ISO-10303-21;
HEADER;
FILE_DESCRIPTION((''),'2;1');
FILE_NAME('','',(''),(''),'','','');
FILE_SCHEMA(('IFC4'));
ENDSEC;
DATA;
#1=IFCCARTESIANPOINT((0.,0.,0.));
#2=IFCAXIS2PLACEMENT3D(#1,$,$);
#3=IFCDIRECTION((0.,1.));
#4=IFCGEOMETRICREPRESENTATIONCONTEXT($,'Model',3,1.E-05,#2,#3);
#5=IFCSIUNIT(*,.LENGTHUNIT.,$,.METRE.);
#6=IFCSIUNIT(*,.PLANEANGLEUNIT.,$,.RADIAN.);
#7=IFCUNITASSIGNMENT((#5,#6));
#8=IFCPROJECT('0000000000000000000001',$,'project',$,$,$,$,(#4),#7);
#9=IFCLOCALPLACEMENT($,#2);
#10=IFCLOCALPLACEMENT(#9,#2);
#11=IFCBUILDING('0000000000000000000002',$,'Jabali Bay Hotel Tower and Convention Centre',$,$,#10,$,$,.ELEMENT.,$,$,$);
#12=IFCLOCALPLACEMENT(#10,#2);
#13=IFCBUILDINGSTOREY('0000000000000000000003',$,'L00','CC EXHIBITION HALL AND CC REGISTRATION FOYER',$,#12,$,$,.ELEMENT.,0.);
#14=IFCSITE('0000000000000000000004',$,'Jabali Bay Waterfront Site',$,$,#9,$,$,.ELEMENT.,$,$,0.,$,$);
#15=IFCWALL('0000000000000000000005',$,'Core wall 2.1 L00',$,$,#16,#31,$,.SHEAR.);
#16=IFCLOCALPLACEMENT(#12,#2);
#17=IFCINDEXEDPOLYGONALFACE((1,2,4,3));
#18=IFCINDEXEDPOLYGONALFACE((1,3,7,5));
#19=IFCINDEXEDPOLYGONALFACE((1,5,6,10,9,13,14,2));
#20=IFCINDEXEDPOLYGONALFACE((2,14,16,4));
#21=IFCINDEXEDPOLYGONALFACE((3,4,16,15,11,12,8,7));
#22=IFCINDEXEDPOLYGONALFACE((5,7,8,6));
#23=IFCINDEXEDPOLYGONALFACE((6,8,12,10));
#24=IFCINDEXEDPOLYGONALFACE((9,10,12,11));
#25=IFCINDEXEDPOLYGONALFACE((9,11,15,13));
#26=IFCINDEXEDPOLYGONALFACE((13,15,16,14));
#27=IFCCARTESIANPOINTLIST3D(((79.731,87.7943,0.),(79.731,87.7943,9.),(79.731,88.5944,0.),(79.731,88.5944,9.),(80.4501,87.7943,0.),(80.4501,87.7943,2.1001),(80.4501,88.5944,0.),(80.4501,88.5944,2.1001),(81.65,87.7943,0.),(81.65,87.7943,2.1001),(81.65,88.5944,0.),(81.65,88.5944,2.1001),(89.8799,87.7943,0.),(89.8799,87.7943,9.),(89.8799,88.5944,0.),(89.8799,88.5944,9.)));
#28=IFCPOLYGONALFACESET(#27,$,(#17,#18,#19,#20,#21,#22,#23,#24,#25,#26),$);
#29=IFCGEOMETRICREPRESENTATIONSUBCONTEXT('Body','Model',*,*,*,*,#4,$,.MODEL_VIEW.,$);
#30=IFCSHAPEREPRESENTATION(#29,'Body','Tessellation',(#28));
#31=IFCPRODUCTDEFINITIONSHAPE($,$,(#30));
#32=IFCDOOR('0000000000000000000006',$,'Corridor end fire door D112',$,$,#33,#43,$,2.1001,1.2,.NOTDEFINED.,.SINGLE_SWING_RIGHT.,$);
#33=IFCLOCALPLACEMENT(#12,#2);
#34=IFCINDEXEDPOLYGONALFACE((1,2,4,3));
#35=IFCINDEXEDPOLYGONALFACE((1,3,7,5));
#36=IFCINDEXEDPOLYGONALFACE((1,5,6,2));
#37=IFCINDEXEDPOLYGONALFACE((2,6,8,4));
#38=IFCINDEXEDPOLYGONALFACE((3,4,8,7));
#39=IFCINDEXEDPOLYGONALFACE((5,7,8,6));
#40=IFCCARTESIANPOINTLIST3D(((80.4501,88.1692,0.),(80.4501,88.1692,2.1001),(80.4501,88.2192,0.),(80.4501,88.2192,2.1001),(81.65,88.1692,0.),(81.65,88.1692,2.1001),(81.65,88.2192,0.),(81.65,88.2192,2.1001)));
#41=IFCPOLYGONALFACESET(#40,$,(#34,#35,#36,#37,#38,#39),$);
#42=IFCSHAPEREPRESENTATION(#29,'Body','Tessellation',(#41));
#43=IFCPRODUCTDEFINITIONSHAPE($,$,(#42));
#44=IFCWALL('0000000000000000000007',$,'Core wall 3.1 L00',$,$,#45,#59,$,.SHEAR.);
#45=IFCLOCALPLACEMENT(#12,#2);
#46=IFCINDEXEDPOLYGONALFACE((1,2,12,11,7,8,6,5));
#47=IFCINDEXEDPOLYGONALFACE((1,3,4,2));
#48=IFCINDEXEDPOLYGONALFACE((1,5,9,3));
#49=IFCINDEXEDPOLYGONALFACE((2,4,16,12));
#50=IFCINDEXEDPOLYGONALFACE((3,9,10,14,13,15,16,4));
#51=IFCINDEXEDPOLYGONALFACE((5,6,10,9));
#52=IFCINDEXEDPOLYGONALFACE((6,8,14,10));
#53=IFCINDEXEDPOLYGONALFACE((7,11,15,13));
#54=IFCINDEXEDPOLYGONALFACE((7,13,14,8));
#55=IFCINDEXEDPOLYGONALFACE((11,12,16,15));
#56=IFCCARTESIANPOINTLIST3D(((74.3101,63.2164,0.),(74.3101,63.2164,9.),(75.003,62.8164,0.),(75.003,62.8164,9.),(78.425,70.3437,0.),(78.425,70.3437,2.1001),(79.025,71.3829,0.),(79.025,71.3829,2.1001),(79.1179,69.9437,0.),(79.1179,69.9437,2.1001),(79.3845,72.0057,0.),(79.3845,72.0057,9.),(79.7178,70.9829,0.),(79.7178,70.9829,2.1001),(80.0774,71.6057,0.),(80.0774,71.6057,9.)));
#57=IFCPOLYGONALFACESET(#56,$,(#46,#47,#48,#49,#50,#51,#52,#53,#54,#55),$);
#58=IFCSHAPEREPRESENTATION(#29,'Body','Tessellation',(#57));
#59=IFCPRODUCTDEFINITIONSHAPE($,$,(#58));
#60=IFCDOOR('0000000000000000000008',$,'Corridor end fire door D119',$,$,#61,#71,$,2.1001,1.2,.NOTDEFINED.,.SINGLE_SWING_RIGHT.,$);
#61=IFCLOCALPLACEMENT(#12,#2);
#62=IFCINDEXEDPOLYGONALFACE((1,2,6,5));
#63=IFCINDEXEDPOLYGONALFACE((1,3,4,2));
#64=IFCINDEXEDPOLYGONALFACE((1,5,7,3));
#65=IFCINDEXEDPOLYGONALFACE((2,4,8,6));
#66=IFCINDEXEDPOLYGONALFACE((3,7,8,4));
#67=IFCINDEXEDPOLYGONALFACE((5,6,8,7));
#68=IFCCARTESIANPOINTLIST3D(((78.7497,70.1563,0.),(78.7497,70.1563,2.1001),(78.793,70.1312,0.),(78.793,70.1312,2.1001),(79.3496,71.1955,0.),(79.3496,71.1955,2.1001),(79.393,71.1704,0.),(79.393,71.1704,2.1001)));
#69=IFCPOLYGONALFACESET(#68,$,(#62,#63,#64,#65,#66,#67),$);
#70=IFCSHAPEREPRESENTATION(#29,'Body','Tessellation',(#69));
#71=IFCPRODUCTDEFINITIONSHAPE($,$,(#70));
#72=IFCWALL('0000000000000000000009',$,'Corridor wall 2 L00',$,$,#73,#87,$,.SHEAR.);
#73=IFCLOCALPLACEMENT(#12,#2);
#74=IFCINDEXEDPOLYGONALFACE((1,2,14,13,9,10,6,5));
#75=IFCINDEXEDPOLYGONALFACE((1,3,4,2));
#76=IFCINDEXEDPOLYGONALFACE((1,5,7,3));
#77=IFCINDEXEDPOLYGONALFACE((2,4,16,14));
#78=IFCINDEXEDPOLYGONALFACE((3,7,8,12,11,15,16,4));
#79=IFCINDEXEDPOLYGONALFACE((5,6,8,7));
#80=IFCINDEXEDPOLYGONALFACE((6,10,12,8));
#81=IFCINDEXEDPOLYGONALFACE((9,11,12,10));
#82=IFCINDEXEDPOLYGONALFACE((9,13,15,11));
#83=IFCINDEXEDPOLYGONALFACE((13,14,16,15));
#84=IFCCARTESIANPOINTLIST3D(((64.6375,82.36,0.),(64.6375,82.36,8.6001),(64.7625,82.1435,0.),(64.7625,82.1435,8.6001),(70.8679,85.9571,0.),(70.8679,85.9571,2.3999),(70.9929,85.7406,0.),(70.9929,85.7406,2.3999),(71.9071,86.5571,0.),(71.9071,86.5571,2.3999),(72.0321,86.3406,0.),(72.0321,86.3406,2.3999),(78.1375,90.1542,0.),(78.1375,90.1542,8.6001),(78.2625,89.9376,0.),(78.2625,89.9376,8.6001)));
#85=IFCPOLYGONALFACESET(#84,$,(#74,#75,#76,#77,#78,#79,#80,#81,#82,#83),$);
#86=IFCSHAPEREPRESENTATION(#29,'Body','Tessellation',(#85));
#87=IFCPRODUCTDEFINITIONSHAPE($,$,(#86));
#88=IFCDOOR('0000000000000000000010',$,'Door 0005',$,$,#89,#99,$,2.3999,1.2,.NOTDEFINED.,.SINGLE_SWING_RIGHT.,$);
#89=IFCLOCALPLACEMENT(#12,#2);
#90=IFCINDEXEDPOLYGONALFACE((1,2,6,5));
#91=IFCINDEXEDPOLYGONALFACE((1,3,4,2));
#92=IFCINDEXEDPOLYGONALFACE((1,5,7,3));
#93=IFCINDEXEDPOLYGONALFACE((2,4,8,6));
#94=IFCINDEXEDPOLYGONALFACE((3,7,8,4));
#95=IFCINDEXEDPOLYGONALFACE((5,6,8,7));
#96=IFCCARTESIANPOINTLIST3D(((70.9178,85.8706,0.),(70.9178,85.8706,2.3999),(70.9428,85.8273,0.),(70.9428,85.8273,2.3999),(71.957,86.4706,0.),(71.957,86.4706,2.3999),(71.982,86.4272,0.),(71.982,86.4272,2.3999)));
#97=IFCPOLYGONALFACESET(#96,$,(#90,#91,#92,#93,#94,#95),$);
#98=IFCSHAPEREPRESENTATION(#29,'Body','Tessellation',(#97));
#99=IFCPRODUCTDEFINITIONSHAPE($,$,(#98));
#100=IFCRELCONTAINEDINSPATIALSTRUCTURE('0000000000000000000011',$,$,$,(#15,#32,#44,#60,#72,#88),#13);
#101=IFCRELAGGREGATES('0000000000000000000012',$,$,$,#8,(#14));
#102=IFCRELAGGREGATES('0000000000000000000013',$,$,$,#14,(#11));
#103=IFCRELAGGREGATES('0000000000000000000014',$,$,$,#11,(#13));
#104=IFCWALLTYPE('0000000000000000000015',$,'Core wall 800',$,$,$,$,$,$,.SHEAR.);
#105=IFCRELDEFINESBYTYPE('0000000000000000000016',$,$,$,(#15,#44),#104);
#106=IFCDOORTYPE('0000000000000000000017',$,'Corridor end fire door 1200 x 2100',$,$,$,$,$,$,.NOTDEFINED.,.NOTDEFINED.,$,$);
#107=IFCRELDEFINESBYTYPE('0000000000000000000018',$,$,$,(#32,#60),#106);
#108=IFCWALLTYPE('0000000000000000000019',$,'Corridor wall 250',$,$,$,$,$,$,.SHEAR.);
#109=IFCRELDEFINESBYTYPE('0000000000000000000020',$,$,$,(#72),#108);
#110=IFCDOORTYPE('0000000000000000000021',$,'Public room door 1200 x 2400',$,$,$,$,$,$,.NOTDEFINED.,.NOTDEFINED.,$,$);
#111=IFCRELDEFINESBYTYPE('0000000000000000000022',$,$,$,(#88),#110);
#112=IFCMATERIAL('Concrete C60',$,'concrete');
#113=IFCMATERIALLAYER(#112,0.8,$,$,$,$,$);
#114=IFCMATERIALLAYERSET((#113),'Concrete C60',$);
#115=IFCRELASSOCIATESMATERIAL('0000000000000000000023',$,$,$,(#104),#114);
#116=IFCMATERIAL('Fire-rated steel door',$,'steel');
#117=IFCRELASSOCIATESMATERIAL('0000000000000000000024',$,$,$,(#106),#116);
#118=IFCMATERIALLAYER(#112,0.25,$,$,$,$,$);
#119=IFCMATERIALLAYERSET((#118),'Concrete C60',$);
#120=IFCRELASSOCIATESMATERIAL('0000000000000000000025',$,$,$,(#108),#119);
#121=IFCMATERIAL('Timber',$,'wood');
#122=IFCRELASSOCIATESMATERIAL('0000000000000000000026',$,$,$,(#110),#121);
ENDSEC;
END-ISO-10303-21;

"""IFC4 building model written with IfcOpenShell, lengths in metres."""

from ifc_helpers import new_model, si_unit, direction, frame, frame_2d, origin, place, context, subcontext, project, spatial, rectangle, extrude, material, layer, layer_set, type_object, element, fill, save


model = new_model("IFC4")

# Units and contexts
model_context = context("Model", 3, precision=1e-05, world=origin(), true_north=direction((0.0, 1.0)))
body_context = subcontext(model_context, "Body", "Model", "MODEL_VIEW")
ifc_project = project(units=[si_unit("LENGTHUNIT", "METRE"), si_unit("PLANEANGLEUNIT", "RADIAN")], contexts=[model_context])

# Site, building, storey
site_placement = place(None, origin())
site = spatial("IfcSite", under=ifc_project, at=site_placement, Name="Jabali Bay Waterfront Site", CompositionType="ELEMENT", RefElevation=0.0)
building_placement = place(site_placement, origin())
building = spatial("IfcBuilding", under=site, at=building_placement, Name="Jabali Bay Hotel Tower and Convention Centre", CompositionType="ELEMENT")
storey_placement = place(building_placement, origin())
storey = spatial("IfcBuildingStorey", under=building, at=storey_placement, Name="L00", Description="CC EXHIBITION HALL AND CC REGISTRATION FOYER", CompositionType="ELEMENT", Elevation=0.0)

# Walls, openings, doors
ifc_material_1 = material(Name="Concrete C60", Category="concrete")
ifc_layer_1 = layer(ifc_material_1, 0.8)
ifc_layer_set_1 = layer_set([ifc_layer_1], Name="Concrete C60")
wall_type_1 = type_object("IfcWallType", Name="Core wall 800", PredefinedType="SHEAR", material=ifc_layer_set_1)
ifc_material_2 = material(Name="Fire-rated steel door", Category="steel")
door_type_1 = type_object("IfcDoorType", Name="Corridor end fire door 1200 x 2100", OperationType="NOTDEFINED", PredefinedType="NOTDEFINED", material=ifc_material_2)
wall_1_placement = place(storey_placement, frame((79.731, 88.1943, 0.0), z_axis=(0.0, 0.0, 1.0), x_axis=(1.0, 0.0, 0.0)))
wall_1 = element("IfcWall", 1, at=wall_1_placement, inside=storey, type_object=wall_type_1, Name="Core wall 2.1 L00", PredefinedType="SHEAR", context=body_context, shape_type="SweptSolid", body=[
    extrude(rectangle(XDim=10.1489, YDim=0.8, at=frame_2d((5.0745, 0.0))), origin(), (0.0, 0.0, 1.0), 9.0),
])
opening_1_placement = place(wall_1_placement, frame((0.719, 0.0, 0.0)))
opening_1 = element("IfcOpeningElement", 2, at=opening_1_placement, cuts=wall_1, PredefinedType="OPENING", context=body_context, shape_type="SweptSolid", body=[
    extrude(rectangle(XDim=1.2, YDim=2.1001, at=frame_2d((0.6001, 1.05))), frame((0.0, 0.4106, 0.0), z_axis=(0.0, -1.0, 0.0), x_axis=(1.0, 0.0, 0.0)), (0.0, 0.0, 1.0), 0.821),
])
door_1_placement = place(opening_1_placement, origin())
door_1 = element("IfcDoor", 3, at=door_1_placement, inside=storey, type_object=door_type_1, Name="Corridor end fire door D112", OperationType="SINGLE_SWING_RIGHT", OverallHeight=2.1001, OverallWidth=1.2, PredefinedType="NOTDEFINED", context=body_context, shape_type="SweptSolid", body=[
    extrude(rectangle(XDim=1.2, YDim=2.1001, at=frame_2d((0.6001, 1.05))), frame((0.0, 0.0249, 0.0), z_axis=(0.0, -1.0, 0.0), x_axis=(1.0, 0.0, 0.0)), (0.0, 0.0, 1.0), 0.05),
])
fill(opening_1, door_1)
wall_2_placement = place(storey_placement, frame((79.731, 71.8057, 0.0), z_axis=(0.0, 0.0, 1.0), x_axis=(-0.499997, -0.866027, 0.0)))
wall_2 = element("IfcWall", 4, at=wall_2_placement, inside=storey, type_object=wall_type_1, Name="Core wall 3.1 L00", PredefinedType="SHEAR", context=body_context, shape_type="SweptSolid", body=[
    extrude(rectangle(XDim=10.1489, YDim=0.8, at=frame_2d((5.0745, 0.0))), origin(), (0.0, 0.0, 1.0), 9.0),
])
opening_2_placement = place(wall_2_placement, frame((0.719, 0.0, 0.0)))
opening_2 = element("IfcOpeningElement", 5, at=opening_2_placement, cuts=wall_2, PredefinedType="OPENING", context=body_context, shape_type="SweptSolid", body=[
    extrude(rectangle(XDim=1.2, YDim=2.1001, at=frame_2d((0.6001, 1.05))), frame((0.0, 0.4106, 0.0), z_axis=(0.0, -1.0, 0.0), x_axis=(1.0, 0.0, 0.0)), (0.0, 0.0, 1.0), 0.821),
])
door_2_placement = place(opening_2_placement, origin())
door_2 = element("IfcDoor", 6, at=door_2_placement, inside=storey, type_object=door_type_1, Name="Corridor end fire door D119", OperationType="SINGLE_SWING_RIGHT", OverallHeight=2.1001, OverallWidth=1.2, PredefinedType="NOTDEFINED", context=body_context, shape_type="SweptSolid", body=[
    extrude(rectangle(XDim=1.2, YDim=2.1001, at=frame_2d((0.6001, 1.05))), frame((0.0, 0.0249, 0.0), z_axis=(0.0, -1.0, 0.0), x_axis=(1.0, 0.0, 0.0)), (0.0, 0.0, 1.0), 0.05),
])
fill(opening_2, door_2)
ifc_layer_2 = layer(ifc_material_1, 0.25)
ifc_layer_set_2 = layer_set([ifc_layer_2], Name="Concrete C60")
wall_type_2 = type_object("IfcWallType", Name="Corridor wall 250", PredefinedType="SHEAR", material=ifc_layer_set_2)
wall_3_placement = place(storey_placement, frame((78.2, 90.0459, 0.0), z_axis=(0.0, 0.0, 1.0), x_axis=(-0.866026, -0.499998, 0.0)))
wall_3 = element("IfcWall", 7, at=wall_3_placement, inside=storey, type_object=wall_type_2, Name="Corridor wall 2 L00", PredefinedType="SHEAR", context=body_context, shape_type="SweptSolid", body=[
    extrude(rectangle(XDim=15.5884, YDim=0.25, at=frame_2d((7.7942, 0.0))), origin(), (0.0, 0.0, 1.0), 8.6001),
])
opening_3_placement = place(wall_3_placement, frame((7.1941, 0.0, 0.0)))
opening_3 = element("IfcOpeningElement", 8, at=opening_3_placement, cuts=wall_3, PredefinedType="OPENING", context=body_context, shape_type="SweptSolid", body=[
    extrude(rectangle(XDim=1.2, YDim=2.3999, at=frame_2d((0.6001, 1.2))), frame((0.0, 0.1355, 0.0), z_axis=(0.0, -1.0, 0.0), x_axis=(1.0, 0.0, 0.0)), (0.0, 0.0, 1.0), 0.271),
])
ifc_material_3 = material(Name="Timber", Category="wood")
door_type_2 = type_object("IfcDoorType", Name="Public room door 1200 x 2400", OperationType="NOTDEFINED", PredefinedType="NOTDEFINED", material=ifc_material_3)
door_3_placement = place(opening_3_placement, origin())
door_3 = element("IfcDoor", 9, at=door_3_placement, inside=storey, type_object=door_type_2, Name="Door 0005", OperationType="SINGLE_SWING_RIGHT", OverallHeight=2.3999, OverallWidth=1.2, PredefinedType="NOTDEFINED", context=body_context, shape_type="SweptSolid", body=[
    extrude(rectangle(XDim=1.2, YDim=2.3999, at=frame_2d((0.6001, 1.2))), frame((0.0, 0.0249, 0.0), z_axis=(0.0, -1.0, 0.0), x_axis=(1.0, 0.0, 0.0)), (0.0, 0.0, 1.0), 0.05),
])
fill(opening_3, door_3)

save(model, "model.ifc")
